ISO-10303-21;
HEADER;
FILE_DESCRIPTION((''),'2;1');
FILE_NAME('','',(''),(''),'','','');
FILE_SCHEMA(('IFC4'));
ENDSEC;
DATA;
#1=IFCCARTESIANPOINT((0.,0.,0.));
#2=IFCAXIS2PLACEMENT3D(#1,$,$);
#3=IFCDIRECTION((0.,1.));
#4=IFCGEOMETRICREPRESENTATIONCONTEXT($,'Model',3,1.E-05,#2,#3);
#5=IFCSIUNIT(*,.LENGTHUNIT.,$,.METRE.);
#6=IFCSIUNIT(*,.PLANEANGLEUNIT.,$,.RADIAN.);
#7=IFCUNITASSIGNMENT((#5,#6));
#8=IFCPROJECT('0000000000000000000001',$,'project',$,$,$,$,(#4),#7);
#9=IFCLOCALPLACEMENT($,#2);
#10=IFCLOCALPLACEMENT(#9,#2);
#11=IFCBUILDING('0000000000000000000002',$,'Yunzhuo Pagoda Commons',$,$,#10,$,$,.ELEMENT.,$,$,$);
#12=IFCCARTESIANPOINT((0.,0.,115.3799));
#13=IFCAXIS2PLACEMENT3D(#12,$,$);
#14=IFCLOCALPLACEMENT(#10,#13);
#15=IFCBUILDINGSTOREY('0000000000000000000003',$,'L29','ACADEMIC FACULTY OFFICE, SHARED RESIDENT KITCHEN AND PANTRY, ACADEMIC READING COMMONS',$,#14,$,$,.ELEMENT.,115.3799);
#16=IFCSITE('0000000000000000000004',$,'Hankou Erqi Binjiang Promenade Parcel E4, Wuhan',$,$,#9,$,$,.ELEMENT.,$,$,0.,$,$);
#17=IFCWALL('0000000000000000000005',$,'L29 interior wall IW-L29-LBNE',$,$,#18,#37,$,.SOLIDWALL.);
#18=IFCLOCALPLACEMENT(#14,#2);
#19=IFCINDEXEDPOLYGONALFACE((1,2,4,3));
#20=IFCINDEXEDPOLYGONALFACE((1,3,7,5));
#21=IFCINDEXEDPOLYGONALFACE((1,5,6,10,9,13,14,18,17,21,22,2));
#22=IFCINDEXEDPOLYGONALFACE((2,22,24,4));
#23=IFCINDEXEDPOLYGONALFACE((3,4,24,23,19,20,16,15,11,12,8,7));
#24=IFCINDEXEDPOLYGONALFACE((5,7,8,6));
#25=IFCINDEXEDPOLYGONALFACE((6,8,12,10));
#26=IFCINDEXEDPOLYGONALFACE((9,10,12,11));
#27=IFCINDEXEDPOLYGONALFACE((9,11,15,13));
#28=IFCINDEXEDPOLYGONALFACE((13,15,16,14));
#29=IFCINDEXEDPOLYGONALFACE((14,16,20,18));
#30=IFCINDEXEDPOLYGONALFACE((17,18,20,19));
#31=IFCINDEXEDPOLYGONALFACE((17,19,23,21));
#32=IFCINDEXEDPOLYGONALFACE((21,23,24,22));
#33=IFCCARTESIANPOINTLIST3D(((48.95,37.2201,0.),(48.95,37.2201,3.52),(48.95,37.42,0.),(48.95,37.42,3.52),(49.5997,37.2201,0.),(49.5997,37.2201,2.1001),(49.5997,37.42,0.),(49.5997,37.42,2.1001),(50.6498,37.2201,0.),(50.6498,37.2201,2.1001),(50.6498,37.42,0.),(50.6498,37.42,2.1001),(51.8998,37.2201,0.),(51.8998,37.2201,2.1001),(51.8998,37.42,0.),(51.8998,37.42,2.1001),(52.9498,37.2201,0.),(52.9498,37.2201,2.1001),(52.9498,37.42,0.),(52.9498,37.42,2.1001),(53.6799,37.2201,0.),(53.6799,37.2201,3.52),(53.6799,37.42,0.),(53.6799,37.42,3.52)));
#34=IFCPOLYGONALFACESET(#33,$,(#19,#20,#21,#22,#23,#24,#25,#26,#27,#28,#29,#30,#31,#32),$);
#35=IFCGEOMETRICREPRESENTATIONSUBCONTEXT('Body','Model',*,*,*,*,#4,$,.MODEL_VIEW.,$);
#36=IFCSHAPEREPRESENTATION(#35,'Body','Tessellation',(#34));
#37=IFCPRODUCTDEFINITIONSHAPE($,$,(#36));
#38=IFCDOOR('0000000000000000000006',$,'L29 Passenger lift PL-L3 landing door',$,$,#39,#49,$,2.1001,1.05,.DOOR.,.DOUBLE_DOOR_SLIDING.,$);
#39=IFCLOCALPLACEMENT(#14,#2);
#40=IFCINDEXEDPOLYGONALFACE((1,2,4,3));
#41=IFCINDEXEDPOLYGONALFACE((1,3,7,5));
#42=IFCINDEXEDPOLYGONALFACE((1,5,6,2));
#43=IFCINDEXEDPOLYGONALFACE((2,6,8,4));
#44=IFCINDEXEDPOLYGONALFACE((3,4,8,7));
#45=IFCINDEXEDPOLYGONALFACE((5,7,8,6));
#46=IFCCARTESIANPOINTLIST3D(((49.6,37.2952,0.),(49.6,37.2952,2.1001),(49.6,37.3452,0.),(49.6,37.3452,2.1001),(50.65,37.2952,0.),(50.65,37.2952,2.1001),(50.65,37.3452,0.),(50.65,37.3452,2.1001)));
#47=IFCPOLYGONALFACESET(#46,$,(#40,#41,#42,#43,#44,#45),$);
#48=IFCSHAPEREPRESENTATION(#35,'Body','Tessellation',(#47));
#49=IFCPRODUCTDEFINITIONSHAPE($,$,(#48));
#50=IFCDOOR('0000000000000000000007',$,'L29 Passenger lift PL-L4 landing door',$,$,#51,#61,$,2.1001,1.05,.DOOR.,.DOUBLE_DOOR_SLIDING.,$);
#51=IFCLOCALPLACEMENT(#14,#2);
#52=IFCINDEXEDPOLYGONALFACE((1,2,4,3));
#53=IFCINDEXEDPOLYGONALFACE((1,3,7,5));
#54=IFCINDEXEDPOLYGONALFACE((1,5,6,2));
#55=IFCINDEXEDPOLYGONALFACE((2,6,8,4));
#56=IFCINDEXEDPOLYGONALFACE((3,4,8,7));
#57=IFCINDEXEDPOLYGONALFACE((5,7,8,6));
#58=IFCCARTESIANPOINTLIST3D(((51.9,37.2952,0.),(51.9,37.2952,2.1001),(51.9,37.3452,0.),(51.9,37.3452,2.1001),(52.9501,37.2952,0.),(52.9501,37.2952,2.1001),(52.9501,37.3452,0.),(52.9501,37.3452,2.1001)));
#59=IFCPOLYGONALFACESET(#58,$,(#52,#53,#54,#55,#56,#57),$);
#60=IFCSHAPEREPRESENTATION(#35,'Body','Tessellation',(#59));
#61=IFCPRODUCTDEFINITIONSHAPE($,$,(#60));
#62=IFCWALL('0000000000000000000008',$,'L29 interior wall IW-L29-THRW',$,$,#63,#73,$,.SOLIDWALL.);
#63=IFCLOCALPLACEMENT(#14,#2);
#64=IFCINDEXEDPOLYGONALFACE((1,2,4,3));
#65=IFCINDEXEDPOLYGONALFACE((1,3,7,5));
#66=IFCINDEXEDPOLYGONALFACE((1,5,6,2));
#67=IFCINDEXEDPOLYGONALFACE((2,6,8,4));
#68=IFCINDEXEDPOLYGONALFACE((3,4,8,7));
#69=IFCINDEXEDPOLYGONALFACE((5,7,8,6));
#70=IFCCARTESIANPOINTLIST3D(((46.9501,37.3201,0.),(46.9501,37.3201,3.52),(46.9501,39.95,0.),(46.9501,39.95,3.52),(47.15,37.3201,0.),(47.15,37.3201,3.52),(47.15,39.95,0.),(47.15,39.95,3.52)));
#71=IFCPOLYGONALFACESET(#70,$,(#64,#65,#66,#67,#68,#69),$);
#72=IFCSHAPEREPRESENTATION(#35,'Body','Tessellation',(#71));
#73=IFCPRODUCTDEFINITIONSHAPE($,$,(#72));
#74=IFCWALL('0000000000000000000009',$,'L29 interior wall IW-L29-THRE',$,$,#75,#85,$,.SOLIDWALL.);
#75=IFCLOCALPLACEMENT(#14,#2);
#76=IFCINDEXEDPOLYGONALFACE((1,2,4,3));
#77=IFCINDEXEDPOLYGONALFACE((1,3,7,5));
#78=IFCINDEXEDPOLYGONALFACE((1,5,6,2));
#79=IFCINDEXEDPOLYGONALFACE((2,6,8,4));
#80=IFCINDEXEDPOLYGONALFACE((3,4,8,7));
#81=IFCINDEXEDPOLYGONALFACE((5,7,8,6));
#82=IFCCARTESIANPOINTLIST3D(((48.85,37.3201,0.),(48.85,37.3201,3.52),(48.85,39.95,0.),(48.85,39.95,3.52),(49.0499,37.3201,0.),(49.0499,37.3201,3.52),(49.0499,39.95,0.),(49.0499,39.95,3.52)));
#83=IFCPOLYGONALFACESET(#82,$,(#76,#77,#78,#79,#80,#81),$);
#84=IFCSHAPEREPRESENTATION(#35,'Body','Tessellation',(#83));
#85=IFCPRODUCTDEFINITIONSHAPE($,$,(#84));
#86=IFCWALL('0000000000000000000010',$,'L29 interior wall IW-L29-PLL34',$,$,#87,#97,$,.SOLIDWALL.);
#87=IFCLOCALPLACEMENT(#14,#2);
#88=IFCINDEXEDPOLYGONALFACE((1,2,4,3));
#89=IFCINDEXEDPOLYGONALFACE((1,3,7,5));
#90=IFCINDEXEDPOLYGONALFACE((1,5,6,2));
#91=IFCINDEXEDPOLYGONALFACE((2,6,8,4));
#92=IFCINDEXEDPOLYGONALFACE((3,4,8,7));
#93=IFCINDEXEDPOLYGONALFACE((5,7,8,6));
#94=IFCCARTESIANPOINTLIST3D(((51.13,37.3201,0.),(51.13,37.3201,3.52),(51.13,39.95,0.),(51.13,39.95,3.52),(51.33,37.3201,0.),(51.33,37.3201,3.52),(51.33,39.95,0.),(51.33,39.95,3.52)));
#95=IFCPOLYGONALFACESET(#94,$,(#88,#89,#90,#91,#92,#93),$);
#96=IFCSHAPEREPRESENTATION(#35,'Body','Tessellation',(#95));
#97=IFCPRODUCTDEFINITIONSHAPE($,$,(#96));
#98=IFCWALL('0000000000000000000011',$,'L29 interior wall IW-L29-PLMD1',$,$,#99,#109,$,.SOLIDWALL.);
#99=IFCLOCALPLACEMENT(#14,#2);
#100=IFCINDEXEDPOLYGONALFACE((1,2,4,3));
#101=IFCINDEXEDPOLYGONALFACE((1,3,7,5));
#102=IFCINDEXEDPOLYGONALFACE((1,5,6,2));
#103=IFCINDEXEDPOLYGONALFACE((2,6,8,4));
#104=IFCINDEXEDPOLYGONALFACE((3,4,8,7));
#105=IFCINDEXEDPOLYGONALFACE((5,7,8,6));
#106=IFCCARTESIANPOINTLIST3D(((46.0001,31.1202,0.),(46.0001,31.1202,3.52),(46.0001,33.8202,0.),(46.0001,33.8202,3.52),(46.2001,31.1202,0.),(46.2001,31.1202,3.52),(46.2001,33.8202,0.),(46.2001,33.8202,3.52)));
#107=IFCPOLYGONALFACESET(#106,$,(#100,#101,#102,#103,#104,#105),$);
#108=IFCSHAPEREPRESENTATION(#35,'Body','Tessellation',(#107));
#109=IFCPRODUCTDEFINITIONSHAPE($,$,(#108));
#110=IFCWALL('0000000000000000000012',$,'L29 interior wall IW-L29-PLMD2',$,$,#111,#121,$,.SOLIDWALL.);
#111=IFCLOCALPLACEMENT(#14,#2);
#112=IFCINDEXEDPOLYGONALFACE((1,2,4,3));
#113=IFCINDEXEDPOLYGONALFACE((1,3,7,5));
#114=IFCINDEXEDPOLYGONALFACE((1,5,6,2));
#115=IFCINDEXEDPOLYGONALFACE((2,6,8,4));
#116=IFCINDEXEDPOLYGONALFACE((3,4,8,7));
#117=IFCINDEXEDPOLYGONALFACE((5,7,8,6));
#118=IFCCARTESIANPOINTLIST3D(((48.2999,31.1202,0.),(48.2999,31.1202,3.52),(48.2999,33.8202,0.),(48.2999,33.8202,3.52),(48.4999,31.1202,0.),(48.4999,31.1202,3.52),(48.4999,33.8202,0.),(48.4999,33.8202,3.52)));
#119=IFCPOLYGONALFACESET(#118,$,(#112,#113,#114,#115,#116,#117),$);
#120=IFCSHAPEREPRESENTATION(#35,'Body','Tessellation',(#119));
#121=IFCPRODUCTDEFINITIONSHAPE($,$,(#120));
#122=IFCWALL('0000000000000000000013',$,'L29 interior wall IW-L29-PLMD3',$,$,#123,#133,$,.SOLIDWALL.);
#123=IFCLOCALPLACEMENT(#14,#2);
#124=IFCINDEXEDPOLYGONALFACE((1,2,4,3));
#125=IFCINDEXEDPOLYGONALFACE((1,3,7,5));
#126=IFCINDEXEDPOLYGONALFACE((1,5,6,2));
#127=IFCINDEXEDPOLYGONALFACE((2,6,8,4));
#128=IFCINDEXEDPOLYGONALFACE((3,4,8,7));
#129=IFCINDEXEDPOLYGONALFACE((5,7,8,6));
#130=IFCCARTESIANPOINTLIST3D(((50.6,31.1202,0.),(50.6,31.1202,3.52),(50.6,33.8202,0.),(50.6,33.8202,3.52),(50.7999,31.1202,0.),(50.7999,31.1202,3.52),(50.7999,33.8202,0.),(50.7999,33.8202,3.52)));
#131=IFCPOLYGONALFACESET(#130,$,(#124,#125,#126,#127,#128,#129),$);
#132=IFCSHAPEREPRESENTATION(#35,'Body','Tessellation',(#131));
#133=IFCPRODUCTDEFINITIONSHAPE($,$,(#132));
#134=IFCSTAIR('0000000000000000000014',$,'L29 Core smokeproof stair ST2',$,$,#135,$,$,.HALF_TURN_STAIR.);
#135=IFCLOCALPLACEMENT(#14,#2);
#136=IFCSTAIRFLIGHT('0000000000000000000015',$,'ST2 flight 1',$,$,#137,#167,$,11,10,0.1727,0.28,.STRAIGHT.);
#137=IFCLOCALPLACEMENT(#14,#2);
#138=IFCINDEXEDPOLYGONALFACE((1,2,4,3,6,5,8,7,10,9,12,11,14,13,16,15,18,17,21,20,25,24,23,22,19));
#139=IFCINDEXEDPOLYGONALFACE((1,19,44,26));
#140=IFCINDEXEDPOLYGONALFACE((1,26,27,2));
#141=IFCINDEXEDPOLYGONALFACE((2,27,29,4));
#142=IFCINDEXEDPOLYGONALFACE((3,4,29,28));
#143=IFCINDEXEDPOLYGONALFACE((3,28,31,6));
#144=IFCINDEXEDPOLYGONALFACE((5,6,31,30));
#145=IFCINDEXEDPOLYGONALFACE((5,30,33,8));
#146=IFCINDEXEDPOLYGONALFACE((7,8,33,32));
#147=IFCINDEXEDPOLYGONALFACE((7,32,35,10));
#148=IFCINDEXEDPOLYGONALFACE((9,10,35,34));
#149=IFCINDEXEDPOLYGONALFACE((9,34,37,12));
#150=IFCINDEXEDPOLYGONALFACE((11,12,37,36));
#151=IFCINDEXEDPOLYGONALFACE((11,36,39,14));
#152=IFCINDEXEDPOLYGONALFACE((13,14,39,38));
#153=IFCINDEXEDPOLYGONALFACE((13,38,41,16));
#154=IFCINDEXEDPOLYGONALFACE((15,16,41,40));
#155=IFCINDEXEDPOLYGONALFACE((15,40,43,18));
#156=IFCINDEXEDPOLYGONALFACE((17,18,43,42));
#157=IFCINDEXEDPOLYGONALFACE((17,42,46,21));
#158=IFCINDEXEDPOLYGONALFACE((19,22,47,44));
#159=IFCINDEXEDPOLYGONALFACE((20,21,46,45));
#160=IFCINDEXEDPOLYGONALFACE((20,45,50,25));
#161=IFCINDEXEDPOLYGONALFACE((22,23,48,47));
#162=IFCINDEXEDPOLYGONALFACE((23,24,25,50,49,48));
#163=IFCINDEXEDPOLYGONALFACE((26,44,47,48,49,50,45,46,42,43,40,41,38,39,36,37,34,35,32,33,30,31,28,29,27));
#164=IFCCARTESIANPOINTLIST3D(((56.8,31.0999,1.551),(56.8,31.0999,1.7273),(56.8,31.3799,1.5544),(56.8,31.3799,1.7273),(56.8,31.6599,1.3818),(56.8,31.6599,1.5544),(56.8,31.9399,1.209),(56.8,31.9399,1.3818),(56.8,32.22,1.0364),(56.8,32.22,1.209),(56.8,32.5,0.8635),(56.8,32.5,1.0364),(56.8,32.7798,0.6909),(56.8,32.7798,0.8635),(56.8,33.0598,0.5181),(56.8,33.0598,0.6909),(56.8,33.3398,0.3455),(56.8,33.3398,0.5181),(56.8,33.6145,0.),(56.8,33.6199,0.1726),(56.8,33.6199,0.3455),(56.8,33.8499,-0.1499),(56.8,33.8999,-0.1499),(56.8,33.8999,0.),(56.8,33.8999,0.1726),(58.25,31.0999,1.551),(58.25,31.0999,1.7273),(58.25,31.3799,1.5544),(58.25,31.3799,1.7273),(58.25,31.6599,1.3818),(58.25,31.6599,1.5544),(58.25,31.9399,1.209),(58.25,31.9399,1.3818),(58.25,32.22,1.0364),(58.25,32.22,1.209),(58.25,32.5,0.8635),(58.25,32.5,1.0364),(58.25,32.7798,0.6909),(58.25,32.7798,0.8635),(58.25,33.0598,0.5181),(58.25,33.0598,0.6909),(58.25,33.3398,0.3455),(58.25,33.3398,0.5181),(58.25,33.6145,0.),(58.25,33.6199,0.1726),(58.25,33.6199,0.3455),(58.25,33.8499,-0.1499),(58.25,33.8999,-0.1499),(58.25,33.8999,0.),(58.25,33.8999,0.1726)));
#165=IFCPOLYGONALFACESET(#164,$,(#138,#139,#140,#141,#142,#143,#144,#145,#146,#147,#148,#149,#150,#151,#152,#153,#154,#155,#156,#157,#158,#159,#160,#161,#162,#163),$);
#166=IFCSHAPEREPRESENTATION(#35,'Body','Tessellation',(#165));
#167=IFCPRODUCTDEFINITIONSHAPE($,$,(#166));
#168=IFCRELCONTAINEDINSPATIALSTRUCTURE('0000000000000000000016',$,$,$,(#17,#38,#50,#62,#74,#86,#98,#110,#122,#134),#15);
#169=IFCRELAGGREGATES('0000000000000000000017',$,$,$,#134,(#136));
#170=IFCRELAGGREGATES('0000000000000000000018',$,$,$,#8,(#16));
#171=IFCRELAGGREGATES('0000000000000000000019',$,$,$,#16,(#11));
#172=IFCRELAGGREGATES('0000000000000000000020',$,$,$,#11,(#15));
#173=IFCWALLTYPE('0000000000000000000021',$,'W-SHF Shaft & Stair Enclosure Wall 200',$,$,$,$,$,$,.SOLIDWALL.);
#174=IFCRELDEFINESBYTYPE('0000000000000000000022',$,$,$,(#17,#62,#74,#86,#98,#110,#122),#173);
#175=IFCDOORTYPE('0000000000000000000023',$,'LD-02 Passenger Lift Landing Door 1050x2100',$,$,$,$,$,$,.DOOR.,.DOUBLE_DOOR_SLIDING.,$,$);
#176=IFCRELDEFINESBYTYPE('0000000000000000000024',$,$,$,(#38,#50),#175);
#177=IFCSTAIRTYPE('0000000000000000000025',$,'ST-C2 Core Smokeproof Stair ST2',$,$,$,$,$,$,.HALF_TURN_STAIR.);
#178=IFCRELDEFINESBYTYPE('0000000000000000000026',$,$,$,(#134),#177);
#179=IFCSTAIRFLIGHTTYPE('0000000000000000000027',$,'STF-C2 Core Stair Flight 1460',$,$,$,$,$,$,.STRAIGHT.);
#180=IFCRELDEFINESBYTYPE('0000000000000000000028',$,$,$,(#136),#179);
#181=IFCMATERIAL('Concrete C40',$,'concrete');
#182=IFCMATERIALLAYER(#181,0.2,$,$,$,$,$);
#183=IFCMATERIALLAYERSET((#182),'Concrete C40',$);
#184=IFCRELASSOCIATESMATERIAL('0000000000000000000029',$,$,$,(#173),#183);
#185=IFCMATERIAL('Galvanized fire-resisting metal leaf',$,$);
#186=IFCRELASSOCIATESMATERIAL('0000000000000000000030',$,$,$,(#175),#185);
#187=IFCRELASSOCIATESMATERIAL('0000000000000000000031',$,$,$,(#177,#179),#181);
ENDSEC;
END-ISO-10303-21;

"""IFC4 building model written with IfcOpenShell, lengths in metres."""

from ifc_helpers import new_model, si_unit, direction, frame, frame_2d, origin, place, context, subcontext, project, spatial, polyline, rectangle, outline, extrude, source, transform, mapped, material, layer, layer_set, type_object, element, fill, aggregate, save


model = new_model("IFC4")

# Units and contexts
model_context = context("Model", 3, precision=1e-05, world=origin(), true_north=direction((0.0, 1.0)))
body_context = subcontext(model_context, "Body", "Model", "MODEL_VIEW")
ifc_project = project(units=[si_unit("LENGTHUNIT", "METRE"), si_unit("PLANEANGLEUNIT", "RADIAN")], contexts=[model_context])

# Site, building, storey
site_placement = place(None, origin())
site = spatial("IfcSite", under=ifc_project, at=site_placement, Name="Hankou Erqi Binjiang Promenade Parcel E4, Wuhan", CompositionType="ELEMENT", RefElevation=0.0)
building_placement = place(site_placement, origin())
building = spatial("IfcBuilding", under=site, at=building_placement, Name="Yunzhuo Pagoda Commons", CompositionType="ELEMENT")
storey_placement = place(building_placement, frame((0.0, 0.0, 115.3799)))
storey = spatial("IfcBuildingStorey", under=building, at=storey_placement, Name="L29", Description="ACADEMIC FACULTY OFFICE, SHARED RESIDENT KITCHEN AND PANTRY, ACADEMIC READING COMMONS", CompositionType="ELEMENT", Elevation=115.3799)

# Shared definitions
ifc_material_1 = material(Name="Galvanized fire-resisting metal leaf")
shared_shape_1 = source(origin(), body_context, "Body", "SweptSolid", [
    extrude(rectangle(XDim=1.05, YDim=2.1001, at=frame_2d((0.5249, 1.05))), frame((0.0, 0.0249, 0.0), z_axis=(0.0, -1.0, 0.0), x_axis=(1.0, 0.0, 0.0)), (0.0, 0.0, 1.0), 0.05),
])

# Shared definitions
ifc_material_2 = material(Name="Concrete C40", Category="concrete")
ifc_layer_1 = layer(ifc_material_2, 0.2)
ifc_layer_set_1 = layer_set([ifc_layer_1], Name="Concrete C40")
wall_type_1 = type_object("IfcWallType", Name="W-SHF Shaft & Stair Enclosure Wall 200", PredefinedType="SOLIDWALL", material=ifc_layer_set_1)

# Wall, openings, doors
wall_1_placement = place(storey_placement, frame((48.95, 37.3201, 0.0), z_axis=(0.0, 0.0, 1.0), x_axis=(1.0, 0.0, 0.0)))
wall_1 = element("IfcWall", 1, at=wall_1_placement, inside=storey, type_object=wall_type_1, Name="L29 interior wall IW-L29-LBNE", PredefinedType="SOLIDWALL", context=body_context, shape_type="SweptSolid", body=[
    extrude(rectangle(XDim=4.73, YDim=0.2, at=frame_2d((2.365, 0.0))), origin(), (0.0, 0.0, 1.0), 3.52),
])
opening_1_placement = place(wall_1_placement, frame((0.6499, 0.0, 0.0)))
opening_1 = element("IfcOpeningElement", 2, at=opening_1_placement, cuts=wall_1, PredefinedType="OPENING", context=body_context, shape_type="SweptSolid", body=[
    extrude(rectangle(XDim=1.05, YDim=2.1001, at=frame_2d((0.5249, 1.05))), frame((0.0, 0.1099, 0.0), z_axis=(0.0, -1.0, 0.0), x_axis=(1.0, 0.0, 0.0)), (0.0, 0.0, 1.0), 0.22),
])
opening_2_placement = place(wall_1_placement, frame((2.95, 0.0, 0.0)))
opening_2 = element("IfcOpeningElement", 3, at=opening_2_placement, cuts=wall_1, PredefinedType="OPENING", context=body_context, shape_type="SweptSolid", body=[
    extrude(rectangle(XDim=1.05, YDim=2.1001, at=frame_2d((0.5249, 1.05))), frame((0.0, 0.1099, 0.0), z_axis=(0.0, -1.0, 0.0), x_axis=(1.0, 0.0, 0.0)), (0.0, 0.0, 1.0), 0.22),
])
door_type_1 = type_object("IfcDoorType", Name="LD-02 Passenger Lift Landing Door 1050x2100", OperationType="DOUBLE_DOOR_SLIDING", PredefinedType="DOOR", material=ifc_material_1)
door_1_placement = place(opening_1_placement, frame((1.05, 0.0, 0.0), z_axis=(0.0, 0.0, 1.0), x_axis=(-1.0, 0.0, 0.0)))
door_1 = element("IfcDoor", 4, at=door_1_placement, inside=storey, type_object=door_type_1, Name="L29 Passenger lift PL-L3 landing door", OperationType="DOUBLE_DOOR_SLIDING", OverallHeight=2.1001, OverallWidth=1.05, PredefinedType="DOOR", context=body_context, shape_type="MappedRepresentation", body=[
    mapped(shared_shape_1, transform((0.0, 0.0, 0.0), scale=1.0)),
])
fill(opening_1, door_1)
door_2_placement = place(opening_2_placement, frame((1.05, 0.0, 0.0), z_axis=(0.0, 0.0, 1.0), x_axis=(-1.0, 0.0, 0.0)))
door_2 = element("IfcDoor", 5, at=door_2_placement, inside=storey, type_object=door_type_1, Name="L29 Passenger lift PL-L4 landing door", OperationType="DOUBLE_DOOR_SLIDING", OverallHeight=2.1001, OverallWidth=1.05, PredefinedType="DOOR", context=body_context, shape_type="MappedRepresentation", body=[
    mapped(shared_shape_1, transform((0.0, 0.0, 0.0), scale=1.0)),
])
fill(opening_2, door_2)

# Walls
for number, where, z_axis, x_axis, name in (
    (6, (47.05, 37.3201, 0.0), (0.0, 0.0, 1.0), (0.0, 1.0, 0.0), "L29 interior wall IW-L29-THRW"),
    (7, (48.95, 37.3201, 0.0), (0.0, 0.0, 1.0), (0.0, 1.0, 0.0), "L29 interior wall IW-L29-THRE"),
    (8, (51.23, 37.3201, 0.0), (0.0, 0.0, 1.0), (0.0, 1.0, 0.0), "L29 interior wall IW-L29-PLL34"),
):
    element("IfcWall", number, at=place(storey_placement, frame(where, z_axis=z_axis, x_axis=x_axis)), inside=storey, type_object=wall_type_1, Name=name, PredefinedType="SOLIDWALL", context=body_context, shape_type="SweptSolid", body=[
        extrude(rectangle(XDim=2.6299, YDim=0.2, at=frame_2d((1.3149, 0.0))), origin(), (0.0, 0.0, 1.0), 3.52),
    ])
for number, where, z_axis, x_axis, name in (
    (9, (46.1001, 31.1201, 0.0), (0.0, 0.0, 1.0), (0.0, 1.0, 0.0), "L29 interior wall IW-L29-PLMD1"),
    (10, (48.3999, 31.1201, 0.0), (0.0, 0.0, 1.0), (0.0, 1.0, 0.0), "L29 interior wall IW-L29-PLMD2"),
    (11, (50.7, 31.1201, 0.0), (0.0, 0.0, 1.0), (0.0, 1.0, 0.0), "L29 interior wall IW-L29-PLMD3"),
):
    element("IfcWall", number, at=place(storey_placement, frame(where, z_axis=z_axis, x_axis=x_axis)), inside=storey, type_object=wall_type_1, Name=name, PredefinedType="SOLIDWALL", context=body_context, shape_type="SweptSolid", body=[
        extrude(rectangle(XDim=2.7, YDim=0.2, at=frame_2d((1.3501, 0.0))), origin(), (0.0, 0.0, 1.0), 3.52),
    ])

# Stair, stair flight
stair_type = type_object("IfcStairType", Name="ST-C2 Core Smokeproof Stair ST2", PredefinedType="HALF_TURN_STAIR", material=ifc_material_2)
stair_placement = place(storey_placement, origin())
stair = element("IfcStair", 12, at=stair_placement, inside=storey, type_object=stair_type, Name="L29 Core smokeproof stair ST2", PredefinedType="HALF_TURN_STAIR")
stair_flight_type = type_object("IfcStairFlightType", Name="STF-C2 Core Stair Flight 1460", PredefinedType="STRAIGHT", material=ifc_material_2)
shared_shape_2 = source(origin(), body_context, "Body", "SweptSolid", [
    extrude(outline(polyline([(0.0, -0.1499), (0.0, 0.0), (0.0, 0.1726), (0.28, 0.1726), (0.28, 0.3455), (0.5601, 0.3455), (0.5601, 0.5181), (0.8401, 0.5181), (0.8401, 0.6909), (1.1201, 0.6909), (1.1201, 0.8635), (1.3999, 0.8635), (1.3999, 1.0364), (1.6799, 1.0364), (1.6799, 1.209), (1.96, 1.209), (1.96, 1.3818), (2.24, 1.3818), (2.24, 1.5544), (2.52, 1.5544), (2.52, 1.7273), (2.8, 1.7273), (2.8, 1.8999), (2.8, 1.551), (0.2854, 0.0), (0.05, -0.1499), (0.0, -0.1499)])), frame((0.0, 0.7251, 0.0), z_axis=(0.0, -1.0, 0.0), x_axis=(1.0, 0.0, 0.0)), (0.0, 0.0, 1.0), 1.45),
])
stair_flight_placement = place(storey_placement, frame((57.5249, 33.8999, 0.0), z_axis=(0.0, 0.0, 1.0), x_axis=(0.0, -1.0, 0.0)))
stair_flight = element("IfcStairFlight", 13, at=stair_flight_placement, type_object=stair_flight_type, Name="ST2 flight 1", NumberOfRisers=11, NumberOfTreads=10, PredefinedType="STRAIGHT", RiserHeight=0.1727, TreadLength=0.28, context=body_context, shape_type="MappedRepresentation", body=[
    mapped(shared_shape_2, transform((0.0, 0.0, 0.0), scale=1.0)),
])
aggregate(stair, [stair_flight])

save(model, "model.ifc")
